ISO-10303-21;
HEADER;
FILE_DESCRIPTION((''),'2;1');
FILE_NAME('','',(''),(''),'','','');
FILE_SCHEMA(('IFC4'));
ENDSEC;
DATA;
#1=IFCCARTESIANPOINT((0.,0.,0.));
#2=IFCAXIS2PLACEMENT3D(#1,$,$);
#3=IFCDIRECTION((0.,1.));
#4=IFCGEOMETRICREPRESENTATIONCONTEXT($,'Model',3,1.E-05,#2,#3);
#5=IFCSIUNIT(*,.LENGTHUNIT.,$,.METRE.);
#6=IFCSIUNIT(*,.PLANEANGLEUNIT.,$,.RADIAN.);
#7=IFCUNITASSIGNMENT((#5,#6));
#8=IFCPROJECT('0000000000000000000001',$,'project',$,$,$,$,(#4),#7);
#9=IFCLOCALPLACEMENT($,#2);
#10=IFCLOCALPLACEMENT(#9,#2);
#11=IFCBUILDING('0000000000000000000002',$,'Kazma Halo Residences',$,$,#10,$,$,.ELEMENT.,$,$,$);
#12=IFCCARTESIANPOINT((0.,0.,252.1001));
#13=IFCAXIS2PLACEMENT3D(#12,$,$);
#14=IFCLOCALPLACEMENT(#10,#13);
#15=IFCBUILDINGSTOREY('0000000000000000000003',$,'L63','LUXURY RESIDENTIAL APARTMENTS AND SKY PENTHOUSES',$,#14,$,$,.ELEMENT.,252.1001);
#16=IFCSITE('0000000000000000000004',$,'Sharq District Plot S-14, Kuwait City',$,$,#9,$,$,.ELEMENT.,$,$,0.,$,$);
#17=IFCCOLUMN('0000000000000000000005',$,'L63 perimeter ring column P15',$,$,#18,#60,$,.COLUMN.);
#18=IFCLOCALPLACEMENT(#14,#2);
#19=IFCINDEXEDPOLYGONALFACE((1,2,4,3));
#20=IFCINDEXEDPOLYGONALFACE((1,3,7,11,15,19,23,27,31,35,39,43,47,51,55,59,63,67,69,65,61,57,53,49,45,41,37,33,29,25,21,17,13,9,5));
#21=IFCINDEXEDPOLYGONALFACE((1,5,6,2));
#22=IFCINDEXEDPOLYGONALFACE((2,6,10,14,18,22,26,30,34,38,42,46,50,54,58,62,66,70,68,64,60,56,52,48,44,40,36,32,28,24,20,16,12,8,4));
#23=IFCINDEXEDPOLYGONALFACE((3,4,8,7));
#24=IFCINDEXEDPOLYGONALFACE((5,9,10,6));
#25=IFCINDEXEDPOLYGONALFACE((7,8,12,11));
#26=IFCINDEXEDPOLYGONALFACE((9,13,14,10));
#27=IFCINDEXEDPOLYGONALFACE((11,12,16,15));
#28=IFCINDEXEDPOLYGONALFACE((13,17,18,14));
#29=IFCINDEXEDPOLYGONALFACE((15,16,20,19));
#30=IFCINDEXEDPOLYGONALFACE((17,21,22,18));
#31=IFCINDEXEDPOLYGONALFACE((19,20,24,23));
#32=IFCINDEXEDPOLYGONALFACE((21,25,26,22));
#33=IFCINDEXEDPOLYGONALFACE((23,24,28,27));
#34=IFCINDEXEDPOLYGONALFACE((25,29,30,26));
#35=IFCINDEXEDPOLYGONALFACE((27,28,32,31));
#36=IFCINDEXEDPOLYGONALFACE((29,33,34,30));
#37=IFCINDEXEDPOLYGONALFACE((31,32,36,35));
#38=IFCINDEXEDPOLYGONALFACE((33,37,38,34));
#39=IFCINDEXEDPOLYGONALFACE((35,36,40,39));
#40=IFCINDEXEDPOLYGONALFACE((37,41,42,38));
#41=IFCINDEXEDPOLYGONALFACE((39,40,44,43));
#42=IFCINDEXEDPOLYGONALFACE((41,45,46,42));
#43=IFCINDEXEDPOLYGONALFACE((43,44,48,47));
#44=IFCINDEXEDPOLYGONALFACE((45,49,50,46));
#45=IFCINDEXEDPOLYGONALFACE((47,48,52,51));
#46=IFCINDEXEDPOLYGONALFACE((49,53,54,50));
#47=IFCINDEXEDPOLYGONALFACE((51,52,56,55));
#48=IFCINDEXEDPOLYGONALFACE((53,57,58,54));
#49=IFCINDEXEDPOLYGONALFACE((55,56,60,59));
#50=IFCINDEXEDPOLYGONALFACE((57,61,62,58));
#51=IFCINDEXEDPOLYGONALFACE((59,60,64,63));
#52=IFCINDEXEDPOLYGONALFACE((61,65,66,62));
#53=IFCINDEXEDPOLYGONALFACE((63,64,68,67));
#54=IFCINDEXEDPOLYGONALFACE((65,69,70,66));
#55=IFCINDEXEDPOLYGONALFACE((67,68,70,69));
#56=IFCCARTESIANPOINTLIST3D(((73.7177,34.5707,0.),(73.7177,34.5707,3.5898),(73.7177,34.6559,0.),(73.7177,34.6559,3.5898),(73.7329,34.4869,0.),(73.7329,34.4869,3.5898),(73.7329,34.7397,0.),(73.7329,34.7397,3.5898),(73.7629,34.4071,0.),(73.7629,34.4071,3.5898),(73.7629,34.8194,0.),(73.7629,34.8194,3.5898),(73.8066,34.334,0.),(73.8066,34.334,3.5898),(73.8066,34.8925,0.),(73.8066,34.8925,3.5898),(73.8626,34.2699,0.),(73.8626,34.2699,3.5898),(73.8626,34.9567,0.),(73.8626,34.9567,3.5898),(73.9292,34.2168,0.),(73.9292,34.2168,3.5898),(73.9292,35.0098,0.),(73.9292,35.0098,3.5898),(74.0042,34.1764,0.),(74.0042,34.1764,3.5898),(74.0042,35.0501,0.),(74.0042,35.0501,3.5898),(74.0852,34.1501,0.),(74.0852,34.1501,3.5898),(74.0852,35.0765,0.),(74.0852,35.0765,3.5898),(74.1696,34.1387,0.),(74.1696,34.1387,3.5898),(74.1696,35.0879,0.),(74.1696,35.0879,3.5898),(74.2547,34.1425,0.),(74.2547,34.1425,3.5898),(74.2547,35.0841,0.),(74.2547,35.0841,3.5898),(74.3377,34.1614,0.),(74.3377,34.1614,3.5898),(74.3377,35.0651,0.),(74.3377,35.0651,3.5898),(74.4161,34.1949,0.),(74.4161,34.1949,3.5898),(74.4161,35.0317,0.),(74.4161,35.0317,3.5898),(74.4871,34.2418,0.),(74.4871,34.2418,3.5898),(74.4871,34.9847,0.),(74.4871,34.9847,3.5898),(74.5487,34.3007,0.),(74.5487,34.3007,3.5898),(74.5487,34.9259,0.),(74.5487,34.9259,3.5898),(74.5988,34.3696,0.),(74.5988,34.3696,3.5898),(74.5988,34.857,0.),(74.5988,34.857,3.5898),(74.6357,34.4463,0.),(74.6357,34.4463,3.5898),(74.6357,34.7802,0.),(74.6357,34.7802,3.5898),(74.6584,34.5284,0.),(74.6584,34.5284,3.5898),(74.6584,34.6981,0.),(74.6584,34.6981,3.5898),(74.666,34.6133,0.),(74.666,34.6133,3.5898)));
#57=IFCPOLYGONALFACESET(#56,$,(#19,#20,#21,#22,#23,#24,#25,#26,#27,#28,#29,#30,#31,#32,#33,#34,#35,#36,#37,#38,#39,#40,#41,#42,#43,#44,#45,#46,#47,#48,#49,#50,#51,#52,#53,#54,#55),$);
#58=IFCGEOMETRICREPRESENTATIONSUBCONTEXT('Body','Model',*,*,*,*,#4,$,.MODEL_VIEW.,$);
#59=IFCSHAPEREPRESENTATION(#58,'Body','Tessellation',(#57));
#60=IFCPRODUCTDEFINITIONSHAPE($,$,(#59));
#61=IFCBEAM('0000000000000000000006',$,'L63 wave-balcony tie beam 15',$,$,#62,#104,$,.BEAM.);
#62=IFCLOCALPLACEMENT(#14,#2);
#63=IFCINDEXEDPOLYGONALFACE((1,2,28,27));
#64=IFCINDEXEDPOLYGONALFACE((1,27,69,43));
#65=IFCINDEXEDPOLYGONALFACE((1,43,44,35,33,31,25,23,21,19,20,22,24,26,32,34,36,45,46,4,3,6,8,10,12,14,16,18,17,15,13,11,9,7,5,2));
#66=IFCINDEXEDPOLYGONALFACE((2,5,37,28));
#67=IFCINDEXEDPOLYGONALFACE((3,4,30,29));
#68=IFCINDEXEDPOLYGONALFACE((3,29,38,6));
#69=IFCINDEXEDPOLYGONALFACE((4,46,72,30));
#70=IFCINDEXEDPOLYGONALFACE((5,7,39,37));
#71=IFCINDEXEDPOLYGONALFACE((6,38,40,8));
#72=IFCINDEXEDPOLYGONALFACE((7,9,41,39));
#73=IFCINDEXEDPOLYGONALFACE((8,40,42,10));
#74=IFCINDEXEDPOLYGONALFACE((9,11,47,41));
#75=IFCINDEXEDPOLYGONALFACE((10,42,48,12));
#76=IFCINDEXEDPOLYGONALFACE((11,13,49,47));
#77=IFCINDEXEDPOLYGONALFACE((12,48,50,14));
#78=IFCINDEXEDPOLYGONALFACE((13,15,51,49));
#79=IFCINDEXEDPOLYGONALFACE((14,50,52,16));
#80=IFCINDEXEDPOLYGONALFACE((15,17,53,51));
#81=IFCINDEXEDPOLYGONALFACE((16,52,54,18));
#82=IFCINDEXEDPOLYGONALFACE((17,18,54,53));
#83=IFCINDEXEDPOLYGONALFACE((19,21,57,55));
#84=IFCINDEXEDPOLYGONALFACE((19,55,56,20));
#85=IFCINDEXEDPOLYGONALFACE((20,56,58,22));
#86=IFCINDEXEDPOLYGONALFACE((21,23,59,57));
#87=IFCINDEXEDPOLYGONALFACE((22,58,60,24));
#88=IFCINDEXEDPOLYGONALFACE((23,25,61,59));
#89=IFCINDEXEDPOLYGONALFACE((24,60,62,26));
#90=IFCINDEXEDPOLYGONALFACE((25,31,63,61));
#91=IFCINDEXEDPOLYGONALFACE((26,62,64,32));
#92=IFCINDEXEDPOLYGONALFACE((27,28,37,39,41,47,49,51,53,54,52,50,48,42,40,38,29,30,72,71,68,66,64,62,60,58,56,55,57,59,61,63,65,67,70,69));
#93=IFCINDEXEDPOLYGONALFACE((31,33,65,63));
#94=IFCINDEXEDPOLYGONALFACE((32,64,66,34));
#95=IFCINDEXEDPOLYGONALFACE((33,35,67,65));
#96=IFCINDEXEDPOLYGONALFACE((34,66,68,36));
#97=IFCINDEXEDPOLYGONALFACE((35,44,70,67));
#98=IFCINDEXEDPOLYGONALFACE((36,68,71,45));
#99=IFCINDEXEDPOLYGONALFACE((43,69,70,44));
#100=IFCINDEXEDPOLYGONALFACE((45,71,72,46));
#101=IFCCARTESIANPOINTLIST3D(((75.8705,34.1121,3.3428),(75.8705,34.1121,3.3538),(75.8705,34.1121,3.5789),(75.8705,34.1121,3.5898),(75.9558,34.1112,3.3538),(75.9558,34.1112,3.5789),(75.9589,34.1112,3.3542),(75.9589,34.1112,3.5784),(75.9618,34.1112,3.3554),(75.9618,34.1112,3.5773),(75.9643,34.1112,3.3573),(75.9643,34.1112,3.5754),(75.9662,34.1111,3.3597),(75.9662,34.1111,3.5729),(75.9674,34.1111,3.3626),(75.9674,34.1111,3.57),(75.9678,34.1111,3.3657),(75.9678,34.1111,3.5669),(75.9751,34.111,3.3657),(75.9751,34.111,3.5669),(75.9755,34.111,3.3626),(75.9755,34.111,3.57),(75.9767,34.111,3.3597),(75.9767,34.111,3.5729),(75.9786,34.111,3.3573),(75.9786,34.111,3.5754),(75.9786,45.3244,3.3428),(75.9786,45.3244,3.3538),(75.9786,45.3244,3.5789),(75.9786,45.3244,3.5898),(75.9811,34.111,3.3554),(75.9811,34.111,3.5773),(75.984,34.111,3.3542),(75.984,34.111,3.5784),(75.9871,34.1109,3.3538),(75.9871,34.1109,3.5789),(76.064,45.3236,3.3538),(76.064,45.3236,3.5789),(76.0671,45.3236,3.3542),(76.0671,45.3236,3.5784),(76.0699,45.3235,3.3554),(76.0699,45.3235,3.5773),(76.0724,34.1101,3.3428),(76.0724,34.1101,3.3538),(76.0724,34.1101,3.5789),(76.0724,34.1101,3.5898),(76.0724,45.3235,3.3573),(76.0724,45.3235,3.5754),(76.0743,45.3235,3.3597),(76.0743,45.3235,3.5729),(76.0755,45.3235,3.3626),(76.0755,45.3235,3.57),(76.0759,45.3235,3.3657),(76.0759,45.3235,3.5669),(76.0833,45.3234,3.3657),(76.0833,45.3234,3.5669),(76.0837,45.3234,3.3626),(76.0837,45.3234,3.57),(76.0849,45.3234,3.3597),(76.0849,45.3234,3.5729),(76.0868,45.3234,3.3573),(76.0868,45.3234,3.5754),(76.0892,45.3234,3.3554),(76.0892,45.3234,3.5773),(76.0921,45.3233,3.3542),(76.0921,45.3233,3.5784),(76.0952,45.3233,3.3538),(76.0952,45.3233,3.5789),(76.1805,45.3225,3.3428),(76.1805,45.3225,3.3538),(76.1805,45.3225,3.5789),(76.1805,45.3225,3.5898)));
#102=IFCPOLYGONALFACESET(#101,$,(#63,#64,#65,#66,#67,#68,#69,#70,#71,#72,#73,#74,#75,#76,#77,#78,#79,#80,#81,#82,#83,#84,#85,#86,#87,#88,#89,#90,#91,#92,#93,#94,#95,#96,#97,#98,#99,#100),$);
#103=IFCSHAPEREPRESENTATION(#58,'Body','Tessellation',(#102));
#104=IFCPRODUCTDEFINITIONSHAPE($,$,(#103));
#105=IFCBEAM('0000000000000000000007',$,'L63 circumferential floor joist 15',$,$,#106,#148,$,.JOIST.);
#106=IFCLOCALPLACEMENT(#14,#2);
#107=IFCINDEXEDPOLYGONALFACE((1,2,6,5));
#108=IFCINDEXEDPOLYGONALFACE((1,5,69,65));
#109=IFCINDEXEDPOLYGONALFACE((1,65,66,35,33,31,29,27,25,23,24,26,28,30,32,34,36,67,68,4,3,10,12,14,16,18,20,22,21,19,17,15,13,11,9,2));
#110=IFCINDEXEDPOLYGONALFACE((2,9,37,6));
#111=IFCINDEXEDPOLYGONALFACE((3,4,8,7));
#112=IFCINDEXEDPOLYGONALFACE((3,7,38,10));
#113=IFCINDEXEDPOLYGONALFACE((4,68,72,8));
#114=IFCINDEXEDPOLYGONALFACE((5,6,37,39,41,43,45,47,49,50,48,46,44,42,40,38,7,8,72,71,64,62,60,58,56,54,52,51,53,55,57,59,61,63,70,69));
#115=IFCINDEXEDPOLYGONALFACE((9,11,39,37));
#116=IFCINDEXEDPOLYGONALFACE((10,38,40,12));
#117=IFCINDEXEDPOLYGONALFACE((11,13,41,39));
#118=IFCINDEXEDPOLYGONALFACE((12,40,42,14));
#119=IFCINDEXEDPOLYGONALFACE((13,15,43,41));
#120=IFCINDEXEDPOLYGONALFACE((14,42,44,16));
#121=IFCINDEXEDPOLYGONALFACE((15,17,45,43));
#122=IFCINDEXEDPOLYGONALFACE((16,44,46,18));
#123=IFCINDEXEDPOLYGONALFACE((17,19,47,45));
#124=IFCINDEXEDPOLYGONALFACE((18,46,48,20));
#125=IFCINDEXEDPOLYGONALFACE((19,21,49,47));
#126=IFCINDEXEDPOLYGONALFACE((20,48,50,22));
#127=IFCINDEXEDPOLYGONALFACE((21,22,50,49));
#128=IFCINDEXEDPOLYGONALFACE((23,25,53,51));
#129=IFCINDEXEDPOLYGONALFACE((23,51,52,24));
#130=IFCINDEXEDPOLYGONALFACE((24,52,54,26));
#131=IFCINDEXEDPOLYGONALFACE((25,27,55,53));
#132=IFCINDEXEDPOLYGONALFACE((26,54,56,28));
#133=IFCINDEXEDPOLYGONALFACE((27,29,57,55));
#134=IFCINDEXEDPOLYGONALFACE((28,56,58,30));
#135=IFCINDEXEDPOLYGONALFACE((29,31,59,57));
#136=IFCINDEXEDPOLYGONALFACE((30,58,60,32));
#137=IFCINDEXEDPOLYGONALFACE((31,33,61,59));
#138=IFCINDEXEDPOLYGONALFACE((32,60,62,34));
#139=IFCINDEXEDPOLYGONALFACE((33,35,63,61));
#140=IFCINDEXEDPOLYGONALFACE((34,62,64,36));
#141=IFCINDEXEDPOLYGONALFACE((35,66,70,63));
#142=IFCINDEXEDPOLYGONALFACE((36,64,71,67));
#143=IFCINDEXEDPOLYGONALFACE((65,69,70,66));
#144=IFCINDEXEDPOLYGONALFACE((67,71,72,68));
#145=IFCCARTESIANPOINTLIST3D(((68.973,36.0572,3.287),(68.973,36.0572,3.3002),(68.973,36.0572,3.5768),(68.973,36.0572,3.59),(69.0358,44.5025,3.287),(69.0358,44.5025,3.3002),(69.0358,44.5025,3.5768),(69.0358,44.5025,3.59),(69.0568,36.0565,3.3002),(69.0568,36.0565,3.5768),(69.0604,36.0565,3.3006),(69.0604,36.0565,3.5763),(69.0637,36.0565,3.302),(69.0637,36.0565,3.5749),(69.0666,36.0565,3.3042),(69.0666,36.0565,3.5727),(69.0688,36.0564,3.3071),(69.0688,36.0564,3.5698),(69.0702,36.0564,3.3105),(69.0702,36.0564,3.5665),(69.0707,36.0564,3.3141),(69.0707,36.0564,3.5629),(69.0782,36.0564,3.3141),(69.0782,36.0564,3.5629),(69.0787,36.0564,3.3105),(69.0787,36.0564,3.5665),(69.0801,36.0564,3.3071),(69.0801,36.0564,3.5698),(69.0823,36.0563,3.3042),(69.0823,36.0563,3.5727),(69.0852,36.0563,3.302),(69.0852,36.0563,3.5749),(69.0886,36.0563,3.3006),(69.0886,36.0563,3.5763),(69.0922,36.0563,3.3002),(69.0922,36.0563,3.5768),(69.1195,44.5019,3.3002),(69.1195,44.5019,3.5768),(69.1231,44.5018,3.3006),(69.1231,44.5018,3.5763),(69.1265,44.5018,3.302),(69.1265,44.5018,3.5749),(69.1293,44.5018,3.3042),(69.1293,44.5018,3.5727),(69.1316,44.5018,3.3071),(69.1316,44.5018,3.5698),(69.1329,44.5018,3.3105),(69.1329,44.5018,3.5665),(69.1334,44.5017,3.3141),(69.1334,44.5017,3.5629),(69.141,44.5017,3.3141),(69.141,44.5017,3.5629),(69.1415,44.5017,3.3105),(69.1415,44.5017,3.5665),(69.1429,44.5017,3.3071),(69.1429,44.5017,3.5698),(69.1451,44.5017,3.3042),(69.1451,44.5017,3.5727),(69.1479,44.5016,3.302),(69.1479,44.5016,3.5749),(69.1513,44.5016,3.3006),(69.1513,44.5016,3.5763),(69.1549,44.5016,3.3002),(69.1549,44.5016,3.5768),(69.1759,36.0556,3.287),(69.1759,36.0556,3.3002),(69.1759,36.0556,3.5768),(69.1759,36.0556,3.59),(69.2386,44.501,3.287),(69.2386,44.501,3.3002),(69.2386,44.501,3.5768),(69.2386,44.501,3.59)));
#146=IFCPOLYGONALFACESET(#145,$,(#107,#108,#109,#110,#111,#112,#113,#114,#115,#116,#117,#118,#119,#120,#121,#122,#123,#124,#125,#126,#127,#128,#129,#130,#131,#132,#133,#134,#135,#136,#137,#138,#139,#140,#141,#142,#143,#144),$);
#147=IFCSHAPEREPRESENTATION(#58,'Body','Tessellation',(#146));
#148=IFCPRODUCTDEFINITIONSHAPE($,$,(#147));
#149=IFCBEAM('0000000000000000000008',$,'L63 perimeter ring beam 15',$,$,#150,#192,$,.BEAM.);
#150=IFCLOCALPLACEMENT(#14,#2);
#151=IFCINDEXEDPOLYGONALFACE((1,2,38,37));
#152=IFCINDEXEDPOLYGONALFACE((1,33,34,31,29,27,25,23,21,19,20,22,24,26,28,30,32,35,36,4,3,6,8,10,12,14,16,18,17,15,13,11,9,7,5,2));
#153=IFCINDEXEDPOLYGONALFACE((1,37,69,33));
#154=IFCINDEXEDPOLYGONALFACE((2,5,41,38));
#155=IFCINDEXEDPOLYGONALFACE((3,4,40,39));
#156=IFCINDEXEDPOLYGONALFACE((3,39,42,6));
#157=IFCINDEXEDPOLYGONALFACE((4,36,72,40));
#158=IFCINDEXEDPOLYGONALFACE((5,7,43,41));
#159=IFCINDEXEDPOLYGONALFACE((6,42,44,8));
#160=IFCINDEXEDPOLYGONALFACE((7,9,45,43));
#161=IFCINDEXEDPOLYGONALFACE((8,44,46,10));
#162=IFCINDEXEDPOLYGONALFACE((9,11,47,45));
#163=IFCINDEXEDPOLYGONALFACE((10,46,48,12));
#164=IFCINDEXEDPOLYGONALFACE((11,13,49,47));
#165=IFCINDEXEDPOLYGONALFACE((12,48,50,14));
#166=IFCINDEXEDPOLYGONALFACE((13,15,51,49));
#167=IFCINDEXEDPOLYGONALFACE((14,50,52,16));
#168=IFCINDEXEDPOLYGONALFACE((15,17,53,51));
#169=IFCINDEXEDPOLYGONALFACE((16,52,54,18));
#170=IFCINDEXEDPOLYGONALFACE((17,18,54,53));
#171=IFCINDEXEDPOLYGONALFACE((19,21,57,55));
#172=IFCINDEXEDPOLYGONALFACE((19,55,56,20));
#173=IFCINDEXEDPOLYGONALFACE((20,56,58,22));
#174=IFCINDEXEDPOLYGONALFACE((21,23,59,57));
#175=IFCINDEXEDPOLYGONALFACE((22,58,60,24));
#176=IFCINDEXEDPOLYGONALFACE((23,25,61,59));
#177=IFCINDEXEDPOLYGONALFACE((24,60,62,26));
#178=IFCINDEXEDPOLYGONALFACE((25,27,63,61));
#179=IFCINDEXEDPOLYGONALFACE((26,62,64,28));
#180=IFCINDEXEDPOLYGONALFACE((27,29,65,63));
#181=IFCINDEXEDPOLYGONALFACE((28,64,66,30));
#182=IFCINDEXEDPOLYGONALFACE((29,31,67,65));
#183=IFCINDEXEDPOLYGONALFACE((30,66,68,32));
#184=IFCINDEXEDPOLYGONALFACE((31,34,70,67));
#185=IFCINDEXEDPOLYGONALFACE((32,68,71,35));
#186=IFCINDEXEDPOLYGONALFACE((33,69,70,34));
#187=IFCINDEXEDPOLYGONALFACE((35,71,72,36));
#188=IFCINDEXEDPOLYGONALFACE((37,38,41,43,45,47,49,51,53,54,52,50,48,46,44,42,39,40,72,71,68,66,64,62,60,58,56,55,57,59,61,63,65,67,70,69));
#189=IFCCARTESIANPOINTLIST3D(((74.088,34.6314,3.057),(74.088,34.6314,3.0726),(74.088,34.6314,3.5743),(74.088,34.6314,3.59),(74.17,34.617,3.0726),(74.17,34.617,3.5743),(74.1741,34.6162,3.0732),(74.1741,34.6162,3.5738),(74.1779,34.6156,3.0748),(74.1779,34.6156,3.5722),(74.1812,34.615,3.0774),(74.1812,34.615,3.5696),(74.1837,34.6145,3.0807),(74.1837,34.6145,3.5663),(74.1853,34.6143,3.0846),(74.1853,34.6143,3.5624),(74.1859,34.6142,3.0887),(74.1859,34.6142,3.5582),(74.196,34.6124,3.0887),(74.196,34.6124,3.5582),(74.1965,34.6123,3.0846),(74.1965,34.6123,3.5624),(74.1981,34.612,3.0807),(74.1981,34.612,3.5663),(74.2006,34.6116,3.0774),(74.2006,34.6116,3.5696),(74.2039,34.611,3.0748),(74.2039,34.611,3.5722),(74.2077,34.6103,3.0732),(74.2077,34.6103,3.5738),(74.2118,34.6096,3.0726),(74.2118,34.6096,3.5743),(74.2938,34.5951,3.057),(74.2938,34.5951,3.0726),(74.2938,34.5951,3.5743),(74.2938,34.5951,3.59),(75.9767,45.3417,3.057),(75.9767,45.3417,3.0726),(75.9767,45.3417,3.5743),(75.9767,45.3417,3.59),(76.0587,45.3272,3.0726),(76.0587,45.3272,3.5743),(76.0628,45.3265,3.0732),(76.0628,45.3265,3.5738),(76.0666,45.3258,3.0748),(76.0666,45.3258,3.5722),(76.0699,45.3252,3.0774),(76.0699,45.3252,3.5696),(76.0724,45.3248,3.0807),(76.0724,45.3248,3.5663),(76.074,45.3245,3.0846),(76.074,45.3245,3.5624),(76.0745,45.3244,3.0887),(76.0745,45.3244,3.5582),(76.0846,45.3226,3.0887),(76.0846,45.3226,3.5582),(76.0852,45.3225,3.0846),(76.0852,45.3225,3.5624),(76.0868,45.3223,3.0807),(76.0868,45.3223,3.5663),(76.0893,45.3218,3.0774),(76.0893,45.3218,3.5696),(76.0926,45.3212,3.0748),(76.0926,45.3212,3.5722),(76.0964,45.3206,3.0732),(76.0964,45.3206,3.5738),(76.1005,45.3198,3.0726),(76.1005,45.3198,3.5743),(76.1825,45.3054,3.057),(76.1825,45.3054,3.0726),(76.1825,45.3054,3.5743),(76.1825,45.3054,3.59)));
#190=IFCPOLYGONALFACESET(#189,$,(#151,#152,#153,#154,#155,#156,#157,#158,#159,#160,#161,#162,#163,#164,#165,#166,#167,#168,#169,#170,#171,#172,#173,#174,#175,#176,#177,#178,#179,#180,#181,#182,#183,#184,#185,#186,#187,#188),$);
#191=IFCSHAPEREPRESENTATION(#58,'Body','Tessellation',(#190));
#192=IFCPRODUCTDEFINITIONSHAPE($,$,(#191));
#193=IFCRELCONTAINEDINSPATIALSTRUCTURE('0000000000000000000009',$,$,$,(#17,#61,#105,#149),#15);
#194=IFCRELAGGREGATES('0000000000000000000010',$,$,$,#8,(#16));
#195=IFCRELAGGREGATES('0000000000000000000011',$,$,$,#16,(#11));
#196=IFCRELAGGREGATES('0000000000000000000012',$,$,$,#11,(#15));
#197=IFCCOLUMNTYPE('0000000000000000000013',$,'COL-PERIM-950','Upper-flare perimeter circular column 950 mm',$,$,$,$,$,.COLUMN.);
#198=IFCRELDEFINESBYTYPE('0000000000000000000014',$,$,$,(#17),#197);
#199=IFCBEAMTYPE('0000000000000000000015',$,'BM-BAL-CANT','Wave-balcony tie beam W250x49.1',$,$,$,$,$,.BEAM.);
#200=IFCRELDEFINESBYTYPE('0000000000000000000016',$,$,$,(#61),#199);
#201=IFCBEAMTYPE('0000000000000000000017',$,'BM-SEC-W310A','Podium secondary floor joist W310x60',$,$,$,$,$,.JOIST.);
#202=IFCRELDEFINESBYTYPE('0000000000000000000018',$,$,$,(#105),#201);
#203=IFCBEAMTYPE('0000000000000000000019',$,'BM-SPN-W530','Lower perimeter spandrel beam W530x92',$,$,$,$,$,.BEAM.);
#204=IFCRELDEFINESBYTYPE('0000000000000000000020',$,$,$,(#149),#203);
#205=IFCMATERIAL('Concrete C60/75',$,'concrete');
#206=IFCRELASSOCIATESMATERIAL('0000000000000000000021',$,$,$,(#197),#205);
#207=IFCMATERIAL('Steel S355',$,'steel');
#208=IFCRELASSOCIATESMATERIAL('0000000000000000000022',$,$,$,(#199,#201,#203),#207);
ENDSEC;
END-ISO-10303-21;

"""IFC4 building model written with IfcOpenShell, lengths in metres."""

from ifc_helpers import new_model, si_unit, direction, frame, origin, origin_2d, place, context, subcontext, project, spatial, circle, i_section, extrude, material, material_profile, profile_set, type_object, element, save


model = new_model("IFC4")

# Units and contexts
model_context = context("Model", 3, precision=1e-05, world=origin(), true_north=direction((0.0, 1.0)))
body_context = subcontext(model_context, "Body", "Model", "MODEL_VIEW")
ifc_project = project(units=[si_unit("LENGTHUNIT", "METRE"), si_unit("PLANEANGLEUNIT", "RADIAN")], contexts=[model_context])

# Site, building, storey
site_placement = place(None, origin())
site = spatial("IfcSite", under=ifc_project, at=site_placement, Name="Sharq District Plot S-14, Kuwait City", CompositionType="ELEMENT", RefElevation=0.0)
building_placement = place(site_placement, origin())
building = spatial("IfcBuilding", under=site, at=building_placement, Name="Kazma Halo Residences", CompositionType="ELEMENT")
storey_placement = place(building_placement, frame((0.0, 0.0, 252.1001)))
storey = spatial("IfcBuildingStorey", under=building, at=storey_placement, Name="L63", Description="LUXURY RESIDENTIAL APARTMENTS AND SKY PENTHOUSES", CompositionType="ELEMENT", Elevation=252.1001)

# Column
ifc_material_1 = material(Name="Concrete C60/75", Category="concrete")
ifc_material_profile_1 = material_profile(ifc_material_1, circle(Radius=0.4751, at=origin_2d()), Name="CIRC950")
ifc_profile_set_1 = profile_set([ifc_material_profile_1], Name="Concrete C60/75")
column_type = type_object("IfcColumnType", Name="COL-PERIM-950", Description="Upper-flare perimeter circular column 950 mm", PredefinedType="COLUMN", material=ifc_profile_set_1)
column_placement = place(storey_placement, frame((74.1909, 34.6133, 0.0), z_axis=(0.0, 0.0, 1.0), x_axis=(1.0, 0.0, 0.0)))
element("IfcColumn", 1, at=column_placement, inside=storey, type_object=column_type, Name="L63 perimeter ring column P15", PredefinedType="COLUMN", context=body_context, shape_type="SweptSolid", body=[
    extrude(circle(Radius=0.4751, at=origin_2d()), origin(), (0.0, 0.0, 1.0), 3.5898),
])

# Beams
ifc_material_2 = material(Name="Steel S355", Category="steel")
ifc_material_profile_2 = material_profile(ifc_material_2, i_section(OverallWidth=0.2019, OverallDepth=0.2471, WebThickness=0.0073, FlangeThickness=0.011, FilletRadius=0.012, at=origin_2d()), Name="W250x49.1")
ifc_profile_set_2 = profile_set([ifc_material_profile_2], Name="Steel S355")
beam_type_1 = type_object("IfcBeamType", Name="BM-BAL-CANT", Description="Wave-balcony tie beam W250x49.1", PredefinedType="BEAM", material=ifc_profile_set_2)
beam_1_placement = place(storey_placement, frame((75.9714, 34.1111, 3.4663), z_axis=(0.009646, 0.999953, 0.0), x_axis=(-0.999953, 0.009646, 0.0)))
element("IfcBeam", 2, at=beam_1_placement, inside=storey, type_object=beam_type_1, Name="L63 wave-balcony tie beam 15", PredefinedType="BEAM", context=body_context, shape_type="SweptSolid", body=[
    extrude(i_section(OverallWidth=0.2019, OverallDepth=0.2471, WebThickness=0.0073, FlangeThickness=0.011, FilletRadius=0.012, at=origin_2d()), origin(), (0.0, 0.0, 1.0), 11.2129),
])
ifc_material_profile_3 = material_profile(ifc_material_2, i_section(OverallWidth=0.2029, OverallDepth=0.303, WebThickness=0.0076, FlangeThickness=0.0132, FilletRadius=0.0139, at=origin_2d()), Name="W310x60")
ifc_profile_set_3 = profile_set([ifc_material_profile_3], Name="Steel S355")
beam_type_2 = type_object("IfcBeamType", Name="BM-SEC-W310A", Description="Podium secondary floor joist W310x60", PredefinedType="JOIST", material=ifc_profile_set_3)
beam_2_placement = place(storey_placement, frame((69.0745, 36.0564, 3.4385), z_axis=(0.007429, 0.999972, 0.0), x_axis=(-0.999972, 0.007429, 0.0)))
element("IfcBeam", 3, at=beam_2_placement, inside=storey, type_object=beam_type_2, Name="L63 circumferential floor joist 15", PredefinedType="JOIST", context=body_context, shape_type="SweptSolid", body=[
    extrude(i_section(OverallWidth=0.2029, OverallDepth=0.303, WebThickness=0.0076, FlangeThickness=0.0132, FilletRadius=0.0139, at=origin_2d()), origin(), (0.0, 0.0, 1.0), 8.4456),
])
ifc_material_profile_4 = material_profile(ifc_material_2, i_section(OverallWidth=0.209, OverallDepth=0.533, WebThickness=0.0103, FlangeThickness=0.0156, FilletRadius=0.0161, at=origin_2d()), Name="W530x92")
ifc_profile_set_4 = profile_set([ifc_material_profile_4], Name="Steel S355")
beam_type_3 = type_object("IfcBeamType", Name="BM-SPN-W530", Description="Lower perimeter spandrel beam W530x92", PredefinedType="BEAM", material=ifc_profile_set_4)
beam_3_placement = place(storey_placement, frame((74.1909, 34.6133, 3.3235), z_axis=(0.173664, 0.984805, 0.0), x_axis=(-0.984805, 0.173664, 0.0)))
element("IfcBeam", 4, at=beam_3_placement, inside=storey, type_object=beam_type_3, Name="L63 perimeter ring beam 15", PredefinedType="BEAM", context=body_context, shape_type="SweptSolid", body=[
    extrude(i_section(OverallWidth=0.209, OverallDepth=0.533, WebThickness=0.0103, FlangeThickness=0.0156, FilletRadius=0.0161, at=origin_2d()), origin(), (0.0, 0.0, 1.0), 10.8755),
])

save(model, "model.ifc")
